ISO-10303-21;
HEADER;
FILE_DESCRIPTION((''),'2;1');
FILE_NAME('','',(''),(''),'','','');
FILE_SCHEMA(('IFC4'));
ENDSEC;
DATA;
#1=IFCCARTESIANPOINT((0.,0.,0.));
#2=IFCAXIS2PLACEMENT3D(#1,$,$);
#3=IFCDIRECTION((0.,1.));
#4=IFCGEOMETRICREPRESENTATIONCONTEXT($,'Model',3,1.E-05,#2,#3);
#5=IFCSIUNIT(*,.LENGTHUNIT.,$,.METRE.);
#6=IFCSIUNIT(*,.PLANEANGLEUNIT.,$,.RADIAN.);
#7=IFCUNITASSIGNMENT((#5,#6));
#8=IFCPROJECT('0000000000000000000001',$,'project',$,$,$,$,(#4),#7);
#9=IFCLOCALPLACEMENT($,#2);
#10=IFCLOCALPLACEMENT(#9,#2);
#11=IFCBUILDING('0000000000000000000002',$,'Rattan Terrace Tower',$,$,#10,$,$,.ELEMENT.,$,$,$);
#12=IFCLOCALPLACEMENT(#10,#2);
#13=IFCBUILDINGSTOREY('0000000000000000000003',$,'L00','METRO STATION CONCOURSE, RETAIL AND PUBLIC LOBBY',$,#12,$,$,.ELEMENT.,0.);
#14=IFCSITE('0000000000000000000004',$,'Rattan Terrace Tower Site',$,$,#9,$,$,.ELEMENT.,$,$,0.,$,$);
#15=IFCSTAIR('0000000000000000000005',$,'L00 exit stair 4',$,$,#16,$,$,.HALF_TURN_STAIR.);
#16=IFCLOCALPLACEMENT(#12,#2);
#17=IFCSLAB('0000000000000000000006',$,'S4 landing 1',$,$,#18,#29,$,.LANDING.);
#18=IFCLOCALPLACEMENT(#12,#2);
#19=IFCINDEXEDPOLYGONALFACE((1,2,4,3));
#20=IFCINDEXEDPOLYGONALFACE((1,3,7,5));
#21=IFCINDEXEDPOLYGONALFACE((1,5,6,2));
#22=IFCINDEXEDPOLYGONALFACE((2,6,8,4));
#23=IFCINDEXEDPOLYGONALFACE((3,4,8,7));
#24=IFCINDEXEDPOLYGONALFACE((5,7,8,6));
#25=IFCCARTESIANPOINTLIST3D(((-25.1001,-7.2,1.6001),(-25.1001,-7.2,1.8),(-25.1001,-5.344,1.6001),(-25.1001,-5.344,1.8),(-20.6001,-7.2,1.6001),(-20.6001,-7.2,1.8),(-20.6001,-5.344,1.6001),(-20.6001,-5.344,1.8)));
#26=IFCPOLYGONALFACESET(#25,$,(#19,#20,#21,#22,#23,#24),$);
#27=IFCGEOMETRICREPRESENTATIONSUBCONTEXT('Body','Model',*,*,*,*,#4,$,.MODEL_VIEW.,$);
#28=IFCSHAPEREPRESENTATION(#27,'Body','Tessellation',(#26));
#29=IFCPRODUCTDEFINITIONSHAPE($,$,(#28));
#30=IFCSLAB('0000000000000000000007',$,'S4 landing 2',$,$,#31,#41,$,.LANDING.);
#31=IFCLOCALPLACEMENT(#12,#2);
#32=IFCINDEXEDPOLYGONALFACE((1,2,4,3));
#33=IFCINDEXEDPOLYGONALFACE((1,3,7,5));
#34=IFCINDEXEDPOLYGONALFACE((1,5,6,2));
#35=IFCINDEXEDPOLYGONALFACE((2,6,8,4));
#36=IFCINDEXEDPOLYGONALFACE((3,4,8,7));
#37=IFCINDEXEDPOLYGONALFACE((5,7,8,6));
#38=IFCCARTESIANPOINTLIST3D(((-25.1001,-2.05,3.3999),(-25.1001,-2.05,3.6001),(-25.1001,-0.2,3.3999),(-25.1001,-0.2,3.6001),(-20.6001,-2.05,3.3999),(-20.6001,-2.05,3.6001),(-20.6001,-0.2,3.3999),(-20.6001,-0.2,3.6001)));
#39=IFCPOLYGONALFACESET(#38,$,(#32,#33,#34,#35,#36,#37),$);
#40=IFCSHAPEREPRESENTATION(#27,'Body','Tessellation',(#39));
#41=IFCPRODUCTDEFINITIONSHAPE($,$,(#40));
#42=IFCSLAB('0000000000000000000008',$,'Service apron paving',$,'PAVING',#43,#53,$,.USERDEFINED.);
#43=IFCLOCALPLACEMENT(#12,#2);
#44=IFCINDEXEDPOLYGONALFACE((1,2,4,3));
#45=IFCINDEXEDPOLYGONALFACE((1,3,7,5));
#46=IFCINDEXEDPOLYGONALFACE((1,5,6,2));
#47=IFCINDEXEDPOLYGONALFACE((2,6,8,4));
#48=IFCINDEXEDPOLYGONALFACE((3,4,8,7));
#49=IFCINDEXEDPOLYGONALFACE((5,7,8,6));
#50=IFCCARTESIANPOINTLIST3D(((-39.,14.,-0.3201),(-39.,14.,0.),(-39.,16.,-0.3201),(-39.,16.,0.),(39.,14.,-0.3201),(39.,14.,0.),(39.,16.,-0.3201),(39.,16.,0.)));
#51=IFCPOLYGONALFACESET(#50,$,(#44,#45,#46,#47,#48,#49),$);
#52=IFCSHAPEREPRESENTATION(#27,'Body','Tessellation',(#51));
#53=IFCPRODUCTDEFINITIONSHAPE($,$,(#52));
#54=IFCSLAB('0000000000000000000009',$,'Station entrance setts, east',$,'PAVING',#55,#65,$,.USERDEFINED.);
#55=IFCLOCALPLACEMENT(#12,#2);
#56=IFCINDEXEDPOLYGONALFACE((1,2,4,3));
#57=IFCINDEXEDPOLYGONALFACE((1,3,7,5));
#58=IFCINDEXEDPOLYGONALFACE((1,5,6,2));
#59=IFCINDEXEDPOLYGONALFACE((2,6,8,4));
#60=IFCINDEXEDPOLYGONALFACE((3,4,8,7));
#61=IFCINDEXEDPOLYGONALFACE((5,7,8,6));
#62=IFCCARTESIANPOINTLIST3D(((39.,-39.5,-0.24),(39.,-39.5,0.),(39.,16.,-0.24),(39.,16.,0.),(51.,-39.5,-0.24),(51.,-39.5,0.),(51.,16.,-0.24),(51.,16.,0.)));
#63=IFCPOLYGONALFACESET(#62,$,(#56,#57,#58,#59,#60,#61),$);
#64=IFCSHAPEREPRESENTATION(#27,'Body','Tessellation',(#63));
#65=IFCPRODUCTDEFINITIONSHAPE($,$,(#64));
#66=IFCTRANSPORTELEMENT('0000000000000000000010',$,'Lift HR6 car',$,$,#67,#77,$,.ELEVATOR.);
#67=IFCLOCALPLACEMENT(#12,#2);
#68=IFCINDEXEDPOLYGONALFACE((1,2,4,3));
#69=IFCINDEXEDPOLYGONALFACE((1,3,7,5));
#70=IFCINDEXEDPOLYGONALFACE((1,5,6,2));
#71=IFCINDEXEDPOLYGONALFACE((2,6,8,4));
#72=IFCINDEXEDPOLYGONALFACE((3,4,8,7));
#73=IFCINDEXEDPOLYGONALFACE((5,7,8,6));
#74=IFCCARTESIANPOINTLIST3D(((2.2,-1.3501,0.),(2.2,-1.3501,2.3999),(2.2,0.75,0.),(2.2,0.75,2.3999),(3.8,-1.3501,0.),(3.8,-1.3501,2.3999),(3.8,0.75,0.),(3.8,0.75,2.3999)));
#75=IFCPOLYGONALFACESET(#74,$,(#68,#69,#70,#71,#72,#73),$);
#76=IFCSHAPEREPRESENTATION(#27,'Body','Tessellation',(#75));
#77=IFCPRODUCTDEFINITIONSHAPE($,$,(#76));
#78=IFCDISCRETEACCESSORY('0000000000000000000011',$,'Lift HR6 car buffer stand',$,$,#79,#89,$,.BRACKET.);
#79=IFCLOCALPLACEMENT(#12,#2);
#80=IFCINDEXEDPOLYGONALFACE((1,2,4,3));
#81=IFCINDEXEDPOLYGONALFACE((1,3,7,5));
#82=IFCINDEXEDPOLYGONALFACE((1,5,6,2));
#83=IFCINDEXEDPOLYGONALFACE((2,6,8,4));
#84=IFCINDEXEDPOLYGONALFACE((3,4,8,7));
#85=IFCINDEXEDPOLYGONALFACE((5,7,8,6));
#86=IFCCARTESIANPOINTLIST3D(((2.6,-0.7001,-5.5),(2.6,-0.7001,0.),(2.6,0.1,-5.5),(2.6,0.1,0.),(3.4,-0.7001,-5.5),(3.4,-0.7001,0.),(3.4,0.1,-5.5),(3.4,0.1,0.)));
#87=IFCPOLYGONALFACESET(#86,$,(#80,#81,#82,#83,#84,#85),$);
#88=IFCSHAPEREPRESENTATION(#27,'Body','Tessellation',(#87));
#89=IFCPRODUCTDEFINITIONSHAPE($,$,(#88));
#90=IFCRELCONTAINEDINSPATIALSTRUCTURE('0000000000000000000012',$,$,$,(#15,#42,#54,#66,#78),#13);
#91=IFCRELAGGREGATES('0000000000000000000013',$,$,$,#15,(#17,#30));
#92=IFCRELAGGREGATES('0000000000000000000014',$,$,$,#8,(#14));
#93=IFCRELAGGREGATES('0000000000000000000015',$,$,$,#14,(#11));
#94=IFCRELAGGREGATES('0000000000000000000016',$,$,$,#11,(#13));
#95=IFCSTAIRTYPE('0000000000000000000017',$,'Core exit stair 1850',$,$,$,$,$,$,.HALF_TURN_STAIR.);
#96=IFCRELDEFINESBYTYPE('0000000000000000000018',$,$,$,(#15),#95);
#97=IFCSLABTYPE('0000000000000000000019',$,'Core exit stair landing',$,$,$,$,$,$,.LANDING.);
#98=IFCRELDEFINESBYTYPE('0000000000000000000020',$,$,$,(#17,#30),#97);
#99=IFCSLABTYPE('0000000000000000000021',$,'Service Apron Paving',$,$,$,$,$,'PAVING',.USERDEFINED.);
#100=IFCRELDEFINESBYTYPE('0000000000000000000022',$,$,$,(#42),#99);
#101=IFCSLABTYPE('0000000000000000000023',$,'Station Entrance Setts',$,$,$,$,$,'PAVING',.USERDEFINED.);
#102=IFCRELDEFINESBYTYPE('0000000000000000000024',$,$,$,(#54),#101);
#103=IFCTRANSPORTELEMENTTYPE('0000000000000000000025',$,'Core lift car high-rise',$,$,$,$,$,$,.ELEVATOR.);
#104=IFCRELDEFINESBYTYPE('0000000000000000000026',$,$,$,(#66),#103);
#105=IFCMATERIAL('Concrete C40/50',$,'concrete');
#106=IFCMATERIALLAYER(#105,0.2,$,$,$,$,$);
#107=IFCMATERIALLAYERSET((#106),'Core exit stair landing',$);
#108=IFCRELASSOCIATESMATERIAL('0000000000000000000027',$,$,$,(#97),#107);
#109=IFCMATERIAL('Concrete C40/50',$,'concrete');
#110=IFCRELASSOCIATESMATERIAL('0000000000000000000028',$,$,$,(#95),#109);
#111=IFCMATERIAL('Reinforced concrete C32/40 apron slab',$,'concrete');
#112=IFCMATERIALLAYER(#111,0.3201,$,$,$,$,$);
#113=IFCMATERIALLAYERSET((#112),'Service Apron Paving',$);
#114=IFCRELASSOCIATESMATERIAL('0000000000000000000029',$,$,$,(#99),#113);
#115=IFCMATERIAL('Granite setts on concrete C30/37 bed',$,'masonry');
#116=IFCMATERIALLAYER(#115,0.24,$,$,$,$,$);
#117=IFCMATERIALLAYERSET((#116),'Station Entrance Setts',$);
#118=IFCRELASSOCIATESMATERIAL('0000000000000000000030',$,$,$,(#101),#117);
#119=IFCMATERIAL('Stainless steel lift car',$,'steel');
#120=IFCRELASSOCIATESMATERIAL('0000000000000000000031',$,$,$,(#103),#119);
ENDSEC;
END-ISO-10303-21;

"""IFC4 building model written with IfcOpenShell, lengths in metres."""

from ifc_helpers import new_model, si_unit, direction, frame, origin, origin_2d, place, context, subcontext, project, spatial, polyline, rectangle, outline, extrude, material, layer, layer_set, type_object, element, aggregate, save


model = new_model("IFC4")

# Units and contexts
model_context = context("Model", 3, precision=1e-05, world=origin(), true_north=direction((0.0, 1.0)))
body_context = subcontext(model_context, "Body", "Model", "MODEL_VIEW")
ifc_project = project(units=[si_unit("LENGTHUNIT", "METRE"), si_unit("PLANEANGLEUNIT", "RADIAN")], contexts=[model_context])

# Site, building, storey
site_placement = place(None, origin())
site = spatial("IfcSite", under=ifc_project, at=site_placement, Name="Rattan Terrace Tower Site", CompositionType="ELEMENT", RefElevation=0.0)
building_placement = place(site_placement, origin())
building = spatial("IfcBuilding", under=site, at=building_placement, Name="Rattan Terrace Tower", CompositionType="ELEMENT")
storey_placement = place(building_placement, origin())
storey = spatial("IfcBuildingStorey", under=building, at=storey_placement, Name="L00", Description="METRO STATION CONCOURSE, RETAIL AND PUBLIC LOBBY", CompositionType="ELEMENT", Elevation=0.0)

# Stair, slabs
ifc_material_1 = material(Name="Concrete C40/50", Category="concrete")
ifc_layer_1 = layer(ifc_material_1, 0.2)
ifc_layer_set_1 = layer_set([ifc_layer_1], Name="Core exit stair landing")
slab_type_1 = type_object("IfcSlabType", Name="Core exit stair landing", PredefinedType="LANDING", material=ifc_layer_set_1)
ifc_material_2 = material(Name="Concrete C40/50", Category="concrete")
stair_type_1 = type_object("IfcStairType", Name="Core exit stair 1850", PredefinedType="HALF_TURN_STAIR", material=ifc_material_2)
stair_1_placement = place(storey_placement, origin())
stair_1 = element("IfcStair", 1, at=stair_1_placement, inside=storey, type_object=stair_type_1, Name="L00 exit stair 4", PredefinedType="HALF_TURN_STAIR")
slab_1_placement = place(storey_placement, frame((0.0, 0.0, 1.6001)))
slab_1 = element("IfcSlab", 2, at=slab_1_placement, type_object=slab_type_1, Name="S4 landing 1", PredefinedType="LANDING", context=body_context, shape_type="SweptSolid", body=[
    extrude(outline(polyline([(-25.1001, -5.344), (-25.1001, -7.2), (-20.6001, -7.2), (-20.6001, -5.344), (-25.1001, -5.344)])), origin(), (0.0, 0.0, 1.0), 0.2),
])
slab_2_placement = place(storey_placement, frame((0.0, 0.0, 3.3999)))
slab_2 = element("IfcSlab", 3, at=slab_2_placement, type_object=slab_type_1, Name="S4 landing 2", PredefinedType="LANDING", context=body_context, shape_type="SweptSolid", body=[
    extrude(outline(polyline([(-25.1001, -0.2), (-25.1001, -2.05), (-20.6001, -2.05), (-20.6001, -0.2), (-25.1001, -0.2)])), origin(), (0.0, 0.0, 1.0), 0.2002),
])
aggregate(stair_1, [slab_1, slab_2])

# Slabs
ifc_material_3 = material(Name="Reinforced concrete C32/40 apron slab", Category="concrete")
ifc_layer_2 = layer(ifc_material_3, 0.3201)
ifc_layer_set_2 = layer_set([ifc_layer_2], Name="Service Apron Paving")
slab_type_2 = type_object("IfcSlabType", Name="Service Apron Paving", ElementType="PAVING", PredefinedType="USERDEFINED", material=ifc_layer_set_2)
slab_3_placement = place(storey_placement, frame((0.0, 0.0, -0.3201)))
element("IfcSlab", 4, at=slab_3_placement, inside=storey, type_object=slab_type_2, Name="Service apron paving", ObjectType="PAVING", PredefinedType="USERDEFINED", context=body_context, shape_type="SweptSolid", body=[
    extrude(outline(polyline([(39.0, 14.0), (39.0, 16.0), (-39.0, 16.0), (-39.0, 14.0), (39.0, 14.0)])), origin(), (0.0, 0.0, 1.0), 0.3201),
])
ifc_material_4 = material(Name="Granite setts on concrete C30/37 bed", Category="masonry")
ifc_layer_3 = layer(ifc_material_4, 0.24)
ifc_layer_set_3 = layer_set([ifc_layer_3], Name="Station Entrance Setts")
slab_type_3 = type_object("IfcSlabType", Name="Station Entrance Setts", ElementType="PAVING", PredefinedType="USERDEFINED", material=ifc_layer_set_3)
slab_4_placement = place(storey_placement, frame((0.0, 0.0, -0.24)))
element("IfcSlab", 5, at=slab_4_placement, inside=storey, type_object=slab_type_3, Name="Station entrance setts, east", ObjectType="PAVING", PredefinedType="USERDEFINED", context=body_context, shape_type="SweptSolid", body=[
    extrude(outline(polyline([(51.0, -39.5), (51.0, 16.0), (39.0, 16.0), (39.0, -39.5), (51.0, -39.5)])), origin(), (0.0, 0.0, 1.0), 0.24),
])

# Transport element
ifc_material_5 = material(Name="Stainless steel lift car", Category="steel")
transport_element_type = type_object("IfcTransportElementType", Name="Core lift car high-rise", PredefinedType="ELEVATOR", material=ifc_material_5)
transport_element_placement = place(storey_placement, frame((3.0, -0.3, 0.0), z_axis=(0.0, 0.0, 1.0), x_axis=(1.0, 0.0, 0.0)))
element("IfcTransportElement", 6, at=transport_element_placement, inside=storey, type_object=transport_element_type, Name="Lift HR6 car", PredefinedType="ELEVATOR", context=body_context, shape_type="SweptSolid", body=[
    extrude(rectangle(XDim=1.6001, YDim=2.1001, at=origin_2d()), origin(), (0.0, 0.0, 1.0), 2.3999),
])

# Discrete accessory
discrete_accessory_placement = place(storey_placement, frame((3.0, -0.3, -5.5), z_axis=(0.0, 0.0, 1.0), x_axis=(1.0, 0.0, 0.0)))
element("IfcDiscreteAccessory", 7, at=discrete_accessory_placement, inside=storey, Name="Lift HR6 car buffer stand", PredefinedType="BRACKET", context=body_context, shape_type="SweptSolid", body=[
    extrude(rectangle(XDim=0.8, YDim=0.8, at=origin_2d()), origin(), (0.0, 0.0, 1.0), 5.5),
])

save(model, "model.ifc")
